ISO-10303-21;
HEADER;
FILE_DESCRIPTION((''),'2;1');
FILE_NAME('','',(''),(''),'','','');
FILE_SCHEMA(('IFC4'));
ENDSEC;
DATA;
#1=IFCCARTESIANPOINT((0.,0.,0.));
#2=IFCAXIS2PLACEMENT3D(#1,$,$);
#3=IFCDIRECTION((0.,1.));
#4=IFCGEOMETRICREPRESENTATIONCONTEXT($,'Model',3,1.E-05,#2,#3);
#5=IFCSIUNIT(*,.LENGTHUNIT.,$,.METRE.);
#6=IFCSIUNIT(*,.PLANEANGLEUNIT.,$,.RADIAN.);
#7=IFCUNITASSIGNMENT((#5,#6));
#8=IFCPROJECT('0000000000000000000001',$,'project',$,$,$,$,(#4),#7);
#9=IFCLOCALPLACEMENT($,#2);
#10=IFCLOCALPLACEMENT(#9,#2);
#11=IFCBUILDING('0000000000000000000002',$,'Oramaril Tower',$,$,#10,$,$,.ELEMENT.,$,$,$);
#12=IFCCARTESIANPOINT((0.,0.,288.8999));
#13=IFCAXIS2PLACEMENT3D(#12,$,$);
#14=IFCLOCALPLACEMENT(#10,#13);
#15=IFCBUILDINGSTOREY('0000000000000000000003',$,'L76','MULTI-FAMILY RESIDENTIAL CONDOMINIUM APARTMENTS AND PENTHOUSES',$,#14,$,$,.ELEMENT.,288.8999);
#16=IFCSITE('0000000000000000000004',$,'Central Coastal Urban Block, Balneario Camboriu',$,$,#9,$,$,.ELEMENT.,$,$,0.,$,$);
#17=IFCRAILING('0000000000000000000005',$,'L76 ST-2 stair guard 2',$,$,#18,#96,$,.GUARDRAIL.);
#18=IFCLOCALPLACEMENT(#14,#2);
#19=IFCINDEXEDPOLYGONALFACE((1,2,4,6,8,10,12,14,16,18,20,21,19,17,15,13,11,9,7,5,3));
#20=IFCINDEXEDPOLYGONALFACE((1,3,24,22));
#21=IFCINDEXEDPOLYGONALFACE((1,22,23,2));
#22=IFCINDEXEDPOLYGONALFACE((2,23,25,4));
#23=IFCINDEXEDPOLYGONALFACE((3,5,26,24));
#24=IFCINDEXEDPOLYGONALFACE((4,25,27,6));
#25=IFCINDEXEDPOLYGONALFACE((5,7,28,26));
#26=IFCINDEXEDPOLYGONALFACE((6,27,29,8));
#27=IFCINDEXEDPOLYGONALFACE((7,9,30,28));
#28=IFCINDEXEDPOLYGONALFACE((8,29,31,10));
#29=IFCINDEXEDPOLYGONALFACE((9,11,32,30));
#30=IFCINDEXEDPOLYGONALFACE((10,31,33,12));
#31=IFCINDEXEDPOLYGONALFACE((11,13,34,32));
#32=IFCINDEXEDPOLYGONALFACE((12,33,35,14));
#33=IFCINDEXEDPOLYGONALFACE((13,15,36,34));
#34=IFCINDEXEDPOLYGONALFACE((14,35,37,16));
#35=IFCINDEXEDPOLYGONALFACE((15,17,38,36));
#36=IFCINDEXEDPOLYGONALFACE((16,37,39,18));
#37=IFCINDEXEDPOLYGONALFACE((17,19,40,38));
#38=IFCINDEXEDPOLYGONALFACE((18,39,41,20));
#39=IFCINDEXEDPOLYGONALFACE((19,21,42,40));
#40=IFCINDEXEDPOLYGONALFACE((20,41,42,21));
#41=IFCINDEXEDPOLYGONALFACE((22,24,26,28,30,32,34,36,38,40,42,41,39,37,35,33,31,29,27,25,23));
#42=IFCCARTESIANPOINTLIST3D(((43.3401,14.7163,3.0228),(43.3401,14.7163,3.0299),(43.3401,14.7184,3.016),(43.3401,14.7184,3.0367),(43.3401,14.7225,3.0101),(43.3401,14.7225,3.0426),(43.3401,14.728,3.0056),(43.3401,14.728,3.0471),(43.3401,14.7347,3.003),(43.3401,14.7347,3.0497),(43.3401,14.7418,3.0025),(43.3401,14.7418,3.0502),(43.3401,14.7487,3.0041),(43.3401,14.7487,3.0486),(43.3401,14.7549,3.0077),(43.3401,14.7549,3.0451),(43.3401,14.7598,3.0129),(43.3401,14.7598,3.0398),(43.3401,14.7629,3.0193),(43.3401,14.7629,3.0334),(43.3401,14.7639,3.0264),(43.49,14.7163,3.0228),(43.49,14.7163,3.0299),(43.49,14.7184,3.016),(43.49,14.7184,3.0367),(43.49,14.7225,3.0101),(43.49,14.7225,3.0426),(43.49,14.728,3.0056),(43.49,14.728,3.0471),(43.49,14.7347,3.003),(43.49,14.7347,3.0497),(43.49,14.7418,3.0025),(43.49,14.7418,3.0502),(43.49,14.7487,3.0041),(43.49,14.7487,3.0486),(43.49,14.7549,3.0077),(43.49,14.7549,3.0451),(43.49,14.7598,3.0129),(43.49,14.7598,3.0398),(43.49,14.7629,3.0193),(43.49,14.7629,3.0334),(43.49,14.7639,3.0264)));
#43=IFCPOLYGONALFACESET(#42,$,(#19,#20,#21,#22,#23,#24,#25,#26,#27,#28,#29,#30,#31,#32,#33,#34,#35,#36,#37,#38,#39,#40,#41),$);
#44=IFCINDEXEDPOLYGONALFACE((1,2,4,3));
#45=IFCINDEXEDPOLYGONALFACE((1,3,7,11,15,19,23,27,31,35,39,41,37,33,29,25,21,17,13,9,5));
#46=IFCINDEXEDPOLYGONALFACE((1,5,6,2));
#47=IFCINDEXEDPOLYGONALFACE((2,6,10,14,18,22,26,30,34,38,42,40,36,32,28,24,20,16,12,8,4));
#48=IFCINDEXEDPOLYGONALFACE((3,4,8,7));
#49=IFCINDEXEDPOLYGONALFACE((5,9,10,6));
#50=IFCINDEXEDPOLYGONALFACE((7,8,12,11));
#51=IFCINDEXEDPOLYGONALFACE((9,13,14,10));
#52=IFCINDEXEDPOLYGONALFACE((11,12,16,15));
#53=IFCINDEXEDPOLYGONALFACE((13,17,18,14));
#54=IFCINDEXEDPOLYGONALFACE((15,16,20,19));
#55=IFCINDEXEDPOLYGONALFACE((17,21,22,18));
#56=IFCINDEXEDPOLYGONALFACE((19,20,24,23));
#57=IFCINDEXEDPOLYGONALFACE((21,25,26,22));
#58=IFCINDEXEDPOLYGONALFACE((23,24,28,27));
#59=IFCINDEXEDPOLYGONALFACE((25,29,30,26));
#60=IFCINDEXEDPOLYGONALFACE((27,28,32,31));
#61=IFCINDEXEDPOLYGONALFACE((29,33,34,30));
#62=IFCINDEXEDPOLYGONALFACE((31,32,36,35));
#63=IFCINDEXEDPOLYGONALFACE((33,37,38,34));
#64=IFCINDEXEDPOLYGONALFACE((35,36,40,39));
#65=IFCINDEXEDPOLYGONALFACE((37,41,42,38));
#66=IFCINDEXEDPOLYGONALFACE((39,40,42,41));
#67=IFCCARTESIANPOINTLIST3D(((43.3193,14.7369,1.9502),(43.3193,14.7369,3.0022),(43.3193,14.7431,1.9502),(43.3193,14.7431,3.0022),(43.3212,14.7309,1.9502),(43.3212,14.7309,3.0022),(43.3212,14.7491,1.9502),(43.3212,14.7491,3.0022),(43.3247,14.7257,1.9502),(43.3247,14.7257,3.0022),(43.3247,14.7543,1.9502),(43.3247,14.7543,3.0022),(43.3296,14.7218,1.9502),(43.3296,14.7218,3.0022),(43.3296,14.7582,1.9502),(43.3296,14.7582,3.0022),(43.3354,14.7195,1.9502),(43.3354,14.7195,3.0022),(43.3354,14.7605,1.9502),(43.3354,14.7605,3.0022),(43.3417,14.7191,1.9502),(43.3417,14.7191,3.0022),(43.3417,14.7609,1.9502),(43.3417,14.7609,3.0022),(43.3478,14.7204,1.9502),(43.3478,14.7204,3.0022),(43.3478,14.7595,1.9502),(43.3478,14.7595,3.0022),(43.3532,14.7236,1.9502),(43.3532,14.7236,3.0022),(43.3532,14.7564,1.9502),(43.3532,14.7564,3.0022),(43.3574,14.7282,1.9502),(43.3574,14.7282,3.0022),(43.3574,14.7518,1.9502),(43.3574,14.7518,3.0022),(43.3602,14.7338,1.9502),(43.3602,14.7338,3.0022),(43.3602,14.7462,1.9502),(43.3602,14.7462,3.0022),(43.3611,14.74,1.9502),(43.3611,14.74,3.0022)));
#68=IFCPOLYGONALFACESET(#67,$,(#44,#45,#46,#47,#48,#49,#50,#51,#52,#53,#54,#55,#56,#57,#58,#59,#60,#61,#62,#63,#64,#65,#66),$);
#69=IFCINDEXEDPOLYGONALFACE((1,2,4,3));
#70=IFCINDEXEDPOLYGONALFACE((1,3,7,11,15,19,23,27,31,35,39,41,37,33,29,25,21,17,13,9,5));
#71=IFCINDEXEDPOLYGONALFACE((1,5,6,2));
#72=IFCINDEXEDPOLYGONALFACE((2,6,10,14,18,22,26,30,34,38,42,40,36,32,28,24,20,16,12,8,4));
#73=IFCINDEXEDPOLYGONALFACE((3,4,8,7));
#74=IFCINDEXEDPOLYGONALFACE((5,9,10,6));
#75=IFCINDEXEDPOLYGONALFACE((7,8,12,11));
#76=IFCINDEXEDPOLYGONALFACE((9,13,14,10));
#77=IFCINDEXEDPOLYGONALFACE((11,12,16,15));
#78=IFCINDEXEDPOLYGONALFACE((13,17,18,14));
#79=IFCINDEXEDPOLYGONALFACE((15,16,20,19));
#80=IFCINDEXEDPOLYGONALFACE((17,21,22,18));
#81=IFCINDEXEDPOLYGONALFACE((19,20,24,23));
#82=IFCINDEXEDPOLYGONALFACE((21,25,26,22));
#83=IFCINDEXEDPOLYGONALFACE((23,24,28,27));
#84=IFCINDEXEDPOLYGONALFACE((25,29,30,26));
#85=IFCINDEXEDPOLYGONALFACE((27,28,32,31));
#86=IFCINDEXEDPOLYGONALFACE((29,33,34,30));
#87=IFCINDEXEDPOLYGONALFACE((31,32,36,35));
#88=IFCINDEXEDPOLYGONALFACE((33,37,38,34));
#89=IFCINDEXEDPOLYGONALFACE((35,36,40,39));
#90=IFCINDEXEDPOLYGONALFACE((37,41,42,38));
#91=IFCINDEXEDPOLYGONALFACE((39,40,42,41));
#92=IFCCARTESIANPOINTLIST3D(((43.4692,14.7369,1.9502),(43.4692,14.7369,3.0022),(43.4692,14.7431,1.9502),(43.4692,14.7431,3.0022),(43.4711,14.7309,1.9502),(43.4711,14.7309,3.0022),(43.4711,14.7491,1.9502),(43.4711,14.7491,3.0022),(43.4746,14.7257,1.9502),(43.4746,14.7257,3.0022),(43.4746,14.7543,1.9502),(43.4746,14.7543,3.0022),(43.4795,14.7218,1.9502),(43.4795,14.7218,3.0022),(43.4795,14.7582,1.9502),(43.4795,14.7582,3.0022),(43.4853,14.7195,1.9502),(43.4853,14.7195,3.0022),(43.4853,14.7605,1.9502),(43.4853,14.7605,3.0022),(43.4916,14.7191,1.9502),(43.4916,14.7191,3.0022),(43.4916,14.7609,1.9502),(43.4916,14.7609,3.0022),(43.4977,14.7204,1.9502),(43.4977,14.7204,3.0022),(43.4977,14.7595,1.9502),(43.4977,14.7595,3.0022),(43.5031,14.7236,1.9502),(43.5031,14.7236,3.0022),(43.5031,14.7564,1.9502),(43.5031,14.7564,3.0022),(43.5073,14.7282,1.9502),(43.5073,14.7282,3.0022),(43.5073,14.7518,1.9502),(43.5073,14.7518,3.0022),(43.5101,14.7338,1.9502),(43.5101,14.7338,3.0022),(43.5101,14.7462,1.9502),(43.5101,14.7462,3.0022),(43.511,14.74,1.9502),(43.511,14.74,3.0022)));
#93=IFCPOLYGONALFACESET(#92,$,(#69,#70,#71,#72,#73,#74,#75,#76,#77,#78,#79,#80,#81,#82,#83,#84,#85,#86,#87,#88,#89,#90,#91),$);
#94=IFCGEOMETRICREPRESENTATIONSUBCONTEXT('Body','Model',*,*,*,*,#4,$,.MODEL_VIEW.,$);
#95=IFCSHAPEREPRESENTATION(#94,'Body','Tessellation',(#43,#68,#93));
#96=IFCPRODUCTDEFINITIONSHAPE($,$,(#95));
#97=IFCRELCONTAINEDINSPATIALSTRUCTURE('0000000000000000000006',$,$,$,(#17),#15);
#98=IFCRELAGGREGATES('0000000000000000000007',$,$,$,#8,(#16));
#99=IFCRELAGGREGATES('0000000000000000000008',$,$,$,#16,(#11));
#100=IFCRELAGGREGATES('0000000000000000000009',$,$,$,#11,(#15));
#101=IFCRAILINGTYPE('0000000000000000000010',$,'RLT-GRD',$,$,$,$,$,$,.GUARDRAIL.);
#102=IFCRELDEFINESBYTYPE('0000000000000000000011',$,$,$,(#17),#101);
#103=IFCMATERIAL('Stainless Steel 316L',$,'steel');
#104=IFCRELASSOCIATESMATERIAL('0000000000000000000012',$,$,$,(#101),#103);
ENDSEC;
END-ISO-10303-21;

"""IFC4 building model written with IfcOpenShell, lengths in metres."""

from ifc_helpers import new_model, si_unit, direction, frame, origin, origin_2d, place, context, subcontext, project, spatial, circle, extrude, material, type_object, element, save


model = new_model("IFC4")

# Units and contexts
model_context = context("Model", 3, precision=1e-05, world=origin(), true_north=direction((0.0, 1.0)))
body_context = subcontext(model_context, "Body", "Model", "MODEL_VIEW")
ifc_project = project(units=[si_unit("LENGTHUNIT", "METRE"), si_unit("PLANEANGLEUNIT", "RADIAN")], contexts=[model_context])

# Site, building, storey
site_placement = place(None, origin())
site = spatial("IfcSite", under=ifc_project, at=site_placement, Name="Central Coastal Urban Block, Balneario Camboriu", CompositionType="ELEMENT", RefElevation=0.0)
building_placement = place(site_placement, origin())
building = spatial("IfcBuilding", under=site, at=building_placement, Name="Oramaril Tower", CompositionType="ELEMENT")
storey_placement = place(building_placement, frame((0.0, 0.0, 288.8999)))
storey = spatial("IfcBuildingStorey", under=building, at=storey_placement, Name="L76", Description="MULTI-FAMILY RESIDENTIAL CONDOMINIUM APARTMENTS AND PENTHOUSES", CompositionType="ELEMENT", Elevation=288.8999)

# Railing
ifc_material_1 = material(Name="Stainless Steel 316L", Category="steel")
railing_type_1 = type_object("IfcRailingType", Name="RLT-GRD", PredefinedType="GUARDRAIL", material=ifc_material_1)
railing_1_placement = place(storey_placement, frame((43.3401, 14.74, 1.9502)))
element("IfcRailing", 1, at=railing_1_placement, inside=storey, type_object=railing_type_1, Name="L76 ST-2 stair guard 2", PredefinedType="GUARDRAIL", context=body_context, shape_type="SweptSolid", body=[
    extrude(circle(Radius=0.0239, at=origin_2d()), frame((0.0, 0.0, 1.0762), z_axis=(1.0, 0.0, 0.0), x_axis=(0.0, 1.0, 0.0)), (0.0, 0.0, 1.0), 0.1499),
    extrude(circle(Radius=0.021, at=origin_2d()), origin(), (0.0, 0.0, 1.0), 1.052),
    extrude(circle(Radius=0.021, at=origin_2d()), frame((0.1499, 0.0, 0.0)), (0.0, 0.0, 1.0), 1.052),
])

save(model, "model.ifc")
